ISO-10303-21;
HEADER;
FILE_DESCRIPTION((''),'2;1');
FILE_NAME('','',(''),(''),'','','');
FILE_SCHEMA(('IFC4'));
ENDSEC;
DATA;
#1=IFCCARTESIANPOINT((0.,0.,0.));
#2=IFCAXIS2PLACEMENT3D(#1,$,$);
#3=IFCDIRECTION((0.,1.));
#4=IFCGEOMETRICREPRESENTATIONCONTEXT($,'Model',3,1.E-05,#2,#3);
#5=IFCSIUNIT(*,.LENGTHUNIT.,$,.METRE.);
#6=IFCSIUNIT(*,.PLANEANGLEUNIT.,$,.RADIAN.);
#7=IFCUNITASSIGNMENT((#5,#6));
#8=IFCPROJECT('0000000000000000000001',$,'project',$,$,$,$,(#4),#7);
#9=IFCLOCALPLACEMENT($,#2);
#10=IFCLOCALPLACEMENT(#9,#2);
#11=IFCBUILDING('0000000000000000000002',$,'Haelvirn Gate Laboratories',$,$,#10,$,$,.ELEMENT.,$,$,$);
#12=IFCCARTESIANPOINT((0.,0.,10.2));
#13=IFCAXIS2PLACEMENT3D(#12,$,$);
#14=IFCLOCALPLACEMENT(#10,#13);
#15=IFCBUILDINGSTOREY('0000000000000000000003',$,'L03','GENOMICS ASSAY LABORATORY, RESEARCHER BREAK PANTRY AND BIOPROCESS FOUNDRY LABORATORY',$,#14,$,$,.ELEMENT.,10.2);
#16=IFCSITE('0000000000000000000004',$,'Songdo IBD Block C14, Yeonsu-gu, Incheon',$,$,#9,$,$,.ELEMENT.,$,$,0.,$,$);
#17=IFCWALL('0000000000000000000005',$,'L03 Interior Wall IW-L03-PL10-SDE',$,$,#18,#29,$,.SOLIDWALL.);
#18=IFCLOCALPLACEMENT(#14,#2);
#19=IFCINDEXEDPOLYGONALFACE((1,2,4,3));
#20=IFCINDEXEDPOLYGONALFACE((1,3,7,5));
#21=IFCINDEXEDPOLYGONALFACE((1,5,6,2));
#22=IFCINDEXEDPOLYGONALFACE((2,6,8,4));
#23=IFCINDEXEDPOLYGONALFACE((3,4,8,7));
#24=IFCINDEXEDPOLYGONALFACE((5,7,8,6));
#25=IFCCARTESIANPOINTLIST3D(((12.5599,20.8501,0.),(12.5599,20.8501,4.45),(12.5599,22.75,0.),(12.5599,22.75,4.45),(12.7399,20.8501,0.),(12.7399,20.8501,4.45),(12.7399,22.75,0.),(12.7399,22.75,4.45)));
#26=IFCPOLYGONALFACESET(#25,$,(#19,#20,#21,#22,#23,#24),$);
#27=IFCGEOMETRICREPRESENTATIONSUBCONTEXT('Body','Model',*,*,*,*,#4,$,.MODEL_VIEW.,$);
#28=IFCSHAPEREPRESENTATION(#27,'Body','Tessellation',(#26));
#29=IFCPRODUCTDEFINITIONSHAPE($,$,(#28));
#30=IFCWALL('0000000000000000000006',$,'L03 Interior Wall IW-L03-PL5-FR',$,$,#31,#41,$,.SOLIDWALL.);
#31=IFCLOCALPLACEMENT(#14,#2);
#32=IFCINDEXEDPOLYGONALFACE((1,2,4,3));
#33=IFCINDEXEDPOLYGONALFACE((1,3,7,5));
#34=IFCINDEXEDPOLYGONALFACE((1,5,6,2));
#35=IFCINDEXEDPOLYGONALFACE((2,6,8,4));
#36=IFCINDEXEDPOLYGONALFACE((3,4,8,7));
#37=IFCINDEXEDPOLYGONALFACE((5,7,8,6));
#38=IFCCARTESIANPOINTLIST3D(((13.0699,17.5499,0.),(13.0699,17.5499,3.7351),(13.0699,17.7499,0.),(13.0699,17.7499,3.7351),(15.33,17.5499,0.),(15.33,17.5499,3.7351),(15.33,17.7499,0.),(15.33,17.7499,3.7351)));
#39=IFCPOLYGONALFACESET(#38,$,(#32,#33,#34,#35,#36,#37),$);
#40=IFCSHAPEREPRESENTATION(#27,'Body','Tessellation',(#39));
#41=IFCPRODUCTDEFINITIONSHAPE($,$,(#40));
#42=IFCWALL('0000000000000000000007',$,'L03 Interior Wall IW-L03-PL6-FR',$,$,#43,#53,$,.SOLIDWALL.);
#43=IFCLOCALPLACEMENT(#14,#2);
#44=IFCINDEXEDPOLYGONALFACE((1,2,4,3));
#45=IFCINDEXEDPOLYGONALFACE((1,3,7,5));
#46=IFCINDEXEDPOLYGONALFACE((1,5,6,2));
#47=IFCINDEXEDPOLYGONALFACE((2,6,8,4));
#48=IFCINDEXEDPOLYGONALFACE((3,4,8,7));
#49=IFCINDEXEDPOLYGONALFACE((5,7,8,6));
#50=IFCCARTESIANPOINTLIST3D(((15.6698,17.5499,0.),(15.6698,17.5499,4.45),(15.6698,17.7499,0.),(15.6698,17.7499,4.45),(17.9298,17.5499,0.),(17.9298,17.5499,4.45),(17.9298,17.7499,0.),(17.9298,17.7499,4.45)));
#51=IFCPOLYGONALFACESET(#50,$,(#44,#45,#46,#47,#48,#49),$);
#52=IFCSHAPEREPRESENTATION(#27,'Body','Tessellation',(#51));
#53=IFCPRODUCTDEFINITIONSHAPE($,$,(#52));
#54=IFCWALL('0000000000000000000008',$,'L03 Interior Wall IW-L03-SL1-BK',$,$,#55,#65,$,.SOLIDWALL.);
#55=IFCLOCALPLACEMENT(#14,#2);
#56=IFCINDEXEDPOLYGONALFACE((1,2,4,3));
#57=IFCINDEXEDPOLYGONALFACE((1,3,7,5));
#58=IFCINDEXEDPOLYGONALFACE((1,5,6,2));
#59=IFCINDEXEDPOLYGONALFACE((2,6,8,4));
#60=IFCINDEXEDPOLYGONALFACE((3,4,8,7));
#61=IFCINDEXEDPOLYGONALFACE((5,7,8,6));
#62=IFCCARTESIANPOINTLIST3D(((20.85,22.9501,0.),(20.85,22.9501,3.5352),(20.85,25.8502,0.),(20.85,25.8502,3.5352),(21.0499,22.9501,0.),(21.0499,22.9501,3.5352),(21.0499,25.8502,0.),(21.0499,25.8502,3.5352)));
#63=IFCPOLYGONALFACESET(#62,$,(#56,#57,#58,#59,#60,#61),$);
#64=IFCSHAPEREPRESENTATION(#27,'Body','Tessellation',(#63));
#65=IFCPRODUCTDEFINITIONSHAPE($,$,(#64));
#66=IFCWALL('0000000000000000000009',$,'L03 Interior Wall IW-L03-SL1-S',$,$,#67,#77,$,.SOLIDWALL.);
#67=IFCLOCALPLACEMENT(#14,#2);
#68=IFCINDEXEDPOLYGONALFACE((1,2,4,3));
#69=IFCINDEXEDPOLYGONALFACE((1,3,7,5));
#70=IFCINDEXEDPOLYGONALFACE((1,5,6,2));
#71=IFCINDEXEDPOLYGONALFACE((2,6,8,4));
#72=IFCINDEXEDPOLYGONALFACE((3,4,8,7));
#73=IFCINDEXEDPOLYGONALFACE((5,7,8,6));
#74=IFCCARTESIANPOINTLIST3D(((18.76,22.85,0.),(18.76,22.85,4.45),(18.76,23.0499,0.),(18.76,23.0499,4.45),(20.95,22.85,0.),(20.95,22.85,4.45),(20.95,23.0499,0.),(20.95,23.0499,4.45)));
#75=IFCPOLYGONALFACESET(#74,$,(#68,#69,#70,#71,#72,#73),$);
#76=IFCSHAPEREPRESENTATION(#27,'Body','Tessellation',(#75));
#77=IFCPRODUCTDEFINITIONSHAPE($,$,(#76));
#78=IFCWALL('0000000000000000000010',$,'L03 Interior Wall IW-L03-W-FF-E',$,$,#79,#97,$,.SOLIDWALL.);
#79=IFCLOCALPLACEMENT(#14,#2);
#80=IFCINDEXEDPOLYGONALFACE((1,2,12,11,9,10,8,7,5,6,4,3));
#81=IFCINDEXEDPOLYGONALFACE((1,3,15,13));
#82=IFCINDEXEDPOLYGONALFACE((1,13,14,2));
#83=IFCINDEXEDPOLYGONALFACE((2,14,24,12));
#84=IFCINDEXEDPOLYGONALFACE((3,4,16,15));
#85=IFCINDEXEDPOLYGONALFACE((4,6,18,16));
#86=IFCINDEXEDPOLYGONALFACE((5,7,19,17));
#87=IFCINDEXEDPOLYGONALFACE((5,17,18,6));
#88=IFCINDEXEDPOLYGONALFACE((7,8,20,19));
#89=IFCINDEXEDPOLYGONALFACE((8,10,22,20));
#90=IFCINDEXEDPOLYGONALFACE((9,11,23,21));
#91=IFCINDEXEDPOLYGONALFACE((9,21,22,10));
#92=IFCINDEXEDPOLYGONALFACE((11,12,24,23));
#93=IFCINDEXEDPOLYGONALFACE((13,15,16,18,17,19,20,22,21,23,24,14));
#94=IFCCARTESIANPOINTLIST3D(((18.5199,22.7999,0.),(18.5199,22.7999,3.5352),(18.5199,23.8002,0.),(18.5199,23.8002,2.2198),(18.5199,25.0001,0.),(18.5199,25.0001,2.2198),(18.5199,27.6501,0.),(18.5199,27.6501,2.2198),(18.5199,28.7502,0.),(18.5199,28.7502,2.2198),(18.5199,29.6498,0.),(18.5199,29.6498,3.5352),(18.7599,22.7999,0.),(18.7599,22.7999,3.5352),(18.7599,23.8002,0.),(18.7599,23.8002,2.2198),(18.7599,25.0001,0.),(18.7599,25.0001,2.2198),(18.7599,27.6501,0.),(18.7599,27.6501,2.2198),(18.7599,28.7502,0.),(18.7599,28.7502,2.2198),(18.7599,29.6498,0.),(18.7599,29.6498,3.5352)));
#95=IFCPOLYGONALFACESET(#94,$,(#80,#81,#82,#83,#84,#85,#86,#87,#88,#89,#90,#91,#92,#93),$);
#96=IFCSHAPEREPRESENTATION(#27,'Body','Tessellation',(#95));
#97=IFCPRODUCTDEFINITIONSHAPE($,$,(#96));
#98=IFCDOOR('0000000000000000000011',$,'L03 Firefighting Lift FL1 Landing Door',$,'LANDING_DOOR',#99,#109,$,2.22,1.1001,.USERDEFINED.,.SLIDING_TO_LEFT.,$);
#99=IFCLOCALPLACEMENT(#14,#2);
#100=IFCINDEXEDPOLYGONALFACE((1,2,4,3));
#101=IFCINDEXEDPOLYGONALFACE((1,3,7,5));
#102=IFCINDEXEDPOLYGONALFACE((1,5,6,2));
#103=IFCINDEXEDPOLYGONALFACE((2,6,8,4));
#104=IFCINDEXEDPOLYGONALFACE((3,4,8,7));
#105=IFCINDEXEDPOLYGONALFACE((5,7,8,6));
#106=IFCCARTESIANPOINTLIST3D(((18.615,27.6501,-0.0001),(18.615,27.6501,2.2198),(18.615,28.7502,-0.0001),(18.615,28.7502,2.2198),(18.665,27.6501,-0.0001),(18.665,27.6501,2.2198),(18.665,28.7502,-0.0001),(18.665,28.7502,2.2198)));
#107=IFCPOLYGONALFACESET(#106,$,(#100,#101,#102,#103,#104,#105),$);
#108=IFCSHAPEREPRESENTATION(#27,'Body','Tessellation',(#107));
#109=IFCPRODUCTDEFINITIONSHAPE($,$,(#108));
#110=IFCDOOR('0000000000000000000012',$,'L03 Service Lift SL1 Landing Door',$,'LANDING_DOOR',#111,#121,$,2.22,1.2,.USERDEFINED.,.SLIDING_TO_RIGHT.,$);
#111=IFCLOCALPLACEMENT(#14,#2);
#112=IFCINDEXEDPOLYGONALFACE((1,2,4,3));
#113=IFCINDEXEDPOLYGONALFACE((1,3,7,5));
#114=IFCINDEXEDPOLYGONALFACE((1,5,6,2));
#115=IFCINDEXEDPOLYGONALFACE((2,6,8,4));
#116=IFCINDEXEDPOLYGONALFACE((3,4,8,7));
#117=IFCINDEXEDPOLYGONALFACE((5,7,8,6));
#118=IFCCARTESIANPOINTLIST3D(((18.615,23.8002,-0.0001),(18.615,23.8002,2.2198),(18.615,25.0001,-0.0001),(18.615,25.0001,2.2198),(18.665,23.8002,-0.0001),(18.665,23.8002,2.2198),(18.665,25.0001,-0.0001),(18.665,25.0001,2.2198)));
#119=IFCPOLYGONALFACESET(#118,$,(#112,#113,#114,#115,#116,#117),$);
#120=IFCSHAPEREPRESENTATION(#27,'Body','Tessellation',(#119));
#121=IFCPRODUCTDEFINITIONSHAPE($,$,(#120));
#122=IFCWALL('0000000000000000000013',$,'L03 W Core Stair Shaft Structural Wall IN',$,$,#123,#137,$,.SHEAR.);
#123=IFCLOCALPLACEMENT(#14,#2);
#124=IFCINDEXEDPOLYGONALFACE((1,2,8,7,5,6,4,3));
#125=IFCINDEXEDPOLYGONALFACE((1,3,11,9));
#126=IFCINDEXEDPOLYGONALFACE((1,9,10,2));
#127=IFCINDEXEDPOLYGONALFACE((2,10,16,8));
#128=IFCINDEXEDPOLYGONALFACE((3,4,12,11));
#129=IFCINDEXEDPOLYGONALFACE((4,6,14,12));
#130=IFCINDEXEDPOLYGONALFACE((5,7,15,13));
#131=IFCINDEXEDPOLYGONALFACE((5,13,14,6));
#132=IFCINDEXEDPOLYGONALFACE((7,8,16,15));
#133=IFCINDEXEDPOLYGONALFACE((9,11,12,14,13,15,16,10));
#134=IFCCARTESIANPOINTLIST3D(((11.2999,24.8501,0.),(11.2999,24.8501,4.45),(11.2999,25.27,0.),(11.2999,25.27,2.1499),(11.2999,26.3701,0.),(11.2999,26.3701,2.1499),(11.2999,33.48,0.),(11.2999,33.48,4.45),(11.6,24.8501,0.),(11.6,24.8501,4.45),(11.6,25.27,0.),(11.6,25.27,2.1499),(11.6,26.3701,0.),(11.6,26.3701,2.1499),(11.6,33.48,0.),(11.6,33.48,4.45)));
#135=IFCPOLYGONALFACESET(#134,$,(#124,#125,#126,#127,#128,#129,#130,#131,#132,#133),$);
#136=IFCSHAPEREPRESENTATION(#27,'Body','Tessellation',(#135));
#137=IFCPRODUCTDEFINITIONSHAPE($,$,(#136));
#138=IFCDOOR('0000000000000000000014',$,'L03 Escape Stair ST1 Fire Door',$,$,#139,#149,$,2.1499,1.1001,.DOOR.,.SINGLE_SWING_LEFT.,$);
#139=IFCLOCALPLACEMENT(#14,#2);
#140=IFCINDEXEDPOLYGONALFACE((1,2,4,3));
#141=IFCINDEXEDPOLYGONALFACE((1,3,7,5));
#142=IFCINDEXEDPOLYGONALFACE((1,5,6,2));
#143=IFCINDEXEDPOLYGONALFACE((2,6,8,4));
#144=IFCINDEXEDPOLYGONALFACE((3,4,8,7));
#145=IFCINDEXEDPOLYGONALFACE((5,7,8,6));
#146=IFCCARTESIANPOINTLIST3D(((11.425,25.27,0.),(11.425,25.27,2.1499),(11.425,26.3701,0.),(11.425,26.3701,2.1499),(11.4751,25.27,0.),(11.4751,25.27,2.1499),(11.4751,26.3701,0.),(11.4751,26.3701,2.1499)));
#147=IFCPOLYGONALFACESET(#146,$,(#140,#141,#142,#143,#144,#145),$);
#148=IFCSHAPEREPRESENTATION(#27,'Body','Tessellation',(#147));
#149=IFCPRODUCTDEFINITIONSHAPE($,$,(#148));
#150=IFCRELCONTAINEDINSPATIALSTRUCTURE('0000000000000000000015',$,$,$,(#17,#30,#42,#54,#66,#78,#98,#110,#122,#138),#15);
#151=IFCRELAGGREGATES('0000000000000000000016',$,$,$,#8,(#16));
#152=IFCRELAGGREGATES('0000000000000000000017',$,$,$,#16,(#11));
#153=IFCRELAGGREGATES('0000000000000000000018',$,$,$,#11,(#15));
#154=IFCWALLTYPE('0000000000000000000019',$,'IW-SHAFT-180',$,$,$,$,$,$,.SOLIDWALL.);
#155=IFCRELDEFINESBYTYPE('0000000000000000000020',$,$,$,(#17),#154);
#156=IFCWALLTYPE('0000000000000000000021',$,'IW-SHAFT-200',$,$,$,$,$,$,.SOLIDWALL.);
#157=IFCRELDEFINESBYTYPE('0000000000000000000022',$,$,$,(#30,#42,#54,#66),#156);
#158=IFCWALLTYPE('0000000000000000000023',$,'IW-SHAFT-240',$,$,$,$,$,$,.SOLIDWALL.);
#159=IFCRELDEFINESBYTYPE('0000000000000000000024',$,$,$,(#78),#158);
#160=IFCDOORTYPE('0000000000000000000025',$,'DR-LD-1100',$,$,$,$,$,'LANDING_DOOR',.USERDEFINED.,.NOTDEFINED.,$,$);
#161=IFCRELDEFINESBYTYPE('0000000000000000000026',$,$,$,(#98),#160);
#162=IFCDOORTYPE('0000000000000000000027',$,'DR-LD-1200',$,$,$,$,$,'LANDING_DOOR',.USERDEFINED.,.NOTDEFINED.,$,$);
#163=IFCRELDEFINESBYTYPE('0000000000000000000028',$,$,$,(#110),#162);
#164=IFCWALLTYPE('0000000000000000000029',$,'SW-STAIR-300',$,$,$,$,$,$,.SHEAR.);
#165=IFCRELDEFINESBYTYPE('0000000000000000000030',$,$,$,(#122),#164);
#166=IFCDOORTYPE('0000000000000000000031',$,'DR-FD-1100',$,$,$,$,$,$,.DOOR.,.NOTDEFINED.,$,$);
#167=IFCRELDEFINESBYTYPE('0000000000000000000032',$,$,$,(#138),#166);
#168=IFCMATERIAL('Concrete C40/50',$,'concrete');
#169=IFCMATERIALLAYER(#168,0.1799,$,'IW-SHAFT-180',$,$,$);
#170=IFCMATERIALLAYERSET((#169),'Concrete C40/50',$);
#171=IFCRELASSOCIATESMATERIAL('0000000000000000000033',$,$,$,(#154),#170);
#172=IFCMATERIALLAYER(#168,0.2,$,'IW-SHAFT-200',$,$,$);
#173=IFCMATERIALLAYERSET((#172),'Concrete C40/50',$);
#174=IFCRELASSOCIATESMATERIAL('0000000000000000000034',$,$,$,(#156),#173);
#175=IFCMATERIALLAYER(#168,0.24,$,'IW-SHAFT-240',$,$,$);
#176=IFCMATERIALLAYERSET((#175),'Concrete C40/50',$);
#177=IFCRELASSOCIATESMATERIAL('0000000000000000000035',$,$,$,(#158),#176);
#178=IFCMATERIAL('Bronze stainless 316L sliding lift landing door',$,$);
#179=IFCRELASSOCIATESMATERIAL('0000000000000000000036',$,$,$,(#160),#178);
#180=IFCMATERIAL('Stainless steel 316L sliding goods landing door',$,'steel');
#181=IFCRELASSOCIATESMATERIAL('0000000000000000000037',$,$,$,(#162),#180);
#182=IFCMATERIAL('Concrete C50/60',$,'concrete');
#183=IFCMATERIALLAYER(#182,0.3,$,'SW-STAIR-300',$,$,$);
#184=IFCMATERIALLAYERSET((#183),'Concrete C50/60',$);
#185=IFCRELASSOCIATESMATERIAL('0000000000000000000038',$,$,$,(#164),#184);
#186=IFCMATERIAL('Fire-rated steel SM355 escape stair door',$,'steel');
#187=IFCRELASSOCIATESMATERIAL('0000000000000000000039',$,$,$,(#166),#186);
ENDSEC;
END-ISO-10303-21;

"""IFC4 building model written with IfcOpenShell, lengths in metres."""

from ifc_helpers import new_model, si_unit, direction, frame, frame_2d, origin, place, context, subcontext, project, spatial, rectangle, extrude, source, transform, mapped, material, layer, layer_set, type_object, type_shapes, element, fill, save


model = new_model("IFC4")

# Units and contexts
model_context = context("Model", 3, precision=1e-05, world=origin(), true_north=direction((0.0, 1.0)))
body_context = subcontext(model_context, "Body", "Model", "MODEL_VIEW")
ifc_project = project(units=[si_unit("LENGTHUNIT", "METRE"), si_unit("PLANEANGLEUNIT", "RADIAN")], contexts=[model_context])

# Site, building, storey
site_placement = place(None, origin())
site = spatial("IfcSite", under=ifc_project, at=site_placement, Name="Songdo IBD Block C14, Yeonsu-gu, Incheon", CompositionType="ELEMENT", RefElevation=0.0)
building_placement = place(site_placement, origin())
building = spatial("IfcBuilding", under=site, at=building_placement, Name="Haelvirn Gate Laboratories", CompositionType="ELEMENT")
storey_placement = place(building_placement, frame((0.0, 0.0, 10.2)))
storey = spatial("IfcBuildingStorey", under=building, at=storey_placement, Name="L03", Description="GENOMICS ASSAY LABORATORY, RESEARCHER BREAK PANTRY AND BIOPROCESS FOUNDRY LABORATORY", CompositionType="ELEMENT", Elevation=10.2)

# Walls
ifc_material_1 = material(Name="Concrete C40/50", Category="concrete")
ifc_layer_1 = layer(ifc_material_1, 0.1799, Name="IW-SHAFT-180")
ifc_layer_set_1 = layer_set([ifc_layer_1], Name="Concrete C40/50")
wall_type_1 = type_object("IfcWallType", Name="IW-SHAFT-180", PredefinedType="SOLIDWALL", material=ifc_layer_set_1)
for number, where, z_axis, x_axis, name in (
    (1, (12.6499, 20.8501, 0.0), (0.0, 0.0, 1.0), (0.0, 1.0, 0.0), "L03 Interior Wall IW-L03-PL10-SDE"),
):
    element("IfcWall", number, at=place(storey_placement, frame(where, z_axis=z_axis, x_axis=x_axis)), inside=storey, type_object=wall_type_1, Name=name, PredefinedType="SOLIDWALL", context=body_context, shape_type="SweptSolid", body=[
        extrude(rectangle(XDim=1.8999, YDim=0.1799, at=frame_2d((0.95, 0.0))), origin(), (0.0, 0.0, 1.0), 4.45),
    ])
ifc_layer_2 = layer(ifc_material_1, 0.2, Name="IW-SHAFT-200")
ifc_layer_set_2 = layer_set([ifc_layer_2], Name="Concrete C40/50")
wall_type_2 = type_object("IfcWallType", Name="IW-SHAFT-200", PredefinedType="SOLIDWALL", material=ifc_layer_set_2)
wall_1_placement = place(storey_placement, frame((13.0701, 17.6499, 0.0), z_axis=(0.0, 0.0, 1.0), x_axis=(1.0, 0.0, 0.0)))
element("IfcWall", 2, at=wall_1_placement, inside=storey, type_object=wall_type_2, Name="L03 Interior Wall IW-L03-PL5-FR", PredefinedType="SOLIDWALL", context=body_context, shape_type="SweptSolid", body=[
    extrude(rectangle(XDim=2.26, YDim=0.2, at=frame_2d((1.1299, 0.0))), origin(), (0.0, 0.0, 1.0), 3.7351),
])
wall_2_placement = place(storey_placement, frame((15.6699, 17.6499, 0.0), z_axis=(0.0, 0.0, 1.0), x_axis=(1.0, 0.0, 0.0)))
element("IfcWall", 3, at=wall_2_placement, inside=storey, type_object=wall_type_2, Name="L03 Interior Wall IW-L03-PL6-FR", PredefinedType="SOLIDWALL", context=body_context, shape_type="SweptSolid", body=[
    extrude(rectangle(XDim=2.26, YDim=0.2, at=frame_2d((1.1299, 0.0))), origin(), (0.0, 0.0, 1.0), 4.45),
])
wall_3_placement = place(storey_placement, frame((20.95, 22.95, 0.0), z_axis=(0.0, 0.0, 1.0), x_axis=(0.0, 1.0, 0.0)))
element("IfcWall", 4, at=wall_3_placement, inside=storey, type_object=wall_type_2, Name="L03 Interior Wall IW-L03-SL1-BK", PredefinedType="SOLIDWALL", context=body_context, shape_type="SweptSolid", body=[
    extrude(rectangle(XDim=2.9001, YDim=0.2, at=frame_2d((1.4502, 0.0))), origin(), (0.0, 0.0, 1.0), 3.5352),
])
wall_4_placement = place(storey_placement, frame((18.76, 22.95, 0.0), z_axis=(0.0, 0.0, 1.0), x_axis=(1.0, 0.0, 0.0)))
element("IfcWall", 5, at=wall_4_placement, inside=storey, type_object=wall_type_2, Name="L03 Interior Wall IW-L03-SL1-S", PredefinedType="SOLIDWALL", context=body_context, shape_type="SweptSolid", body=[
    extrude(rectangle(XDim=2.1899, YDim=0.2, at=frame_2d((1.095, 0.0))), origin(), (0.0, 0.0, 1.0), 4.45),
])

# Wall, openings, doors
ifc_layer_3 = layer(ifc_material_1, 0.24, Name="IW-SHAFT-240")
ifc_layer_set_3 = layer_set([ifc_layer_3], Name="Concrete C40/50")
wall_type_3 = type_object("IfcWallType", Name="IW-SHAFT-240", PredefinedType="SOLIDWALL", material=ifc_layer_set_3)
wall_5_placement = place(storey_placement, frame((18.6399, 22.8, 0.0), z_axis=(0.0, 0.0, 1.0), x_axis=(0.0, 1.0, 0.0)))
wall_5 = element("IfcWall", 6, at=wall_5_placement, inside=storey, type_object=wall_type_3, Name="L03 Interior Wall IW-L03-W-FF-E", PredefinedType="SOLIDWALL", context=body_context, shape_type="SweptSolid", body=[
    extrude(rectangle(XDim=6.8499, YDim=0.24, at=frame_2d((3.4248, 0.0))), origin(), (0.0, 0.0, 1.0), 3.5352),
])
opening_1_placement = place(wall_5_placement, frame((4.8501, 0.0, 0.0)))
opening_1 = element("IfcOpeningElement", 7, at=opening_1_placement, cuts=wall_5, PredefinedType="OPENING", context=body_context, shape_type="SweptSolid", body=[
    extrude(rectangle(XDim=1.1001, YDim=2.22, at=frame_2d((0.55, 1.1099))), frame((0.0, 0.1299, 0.0), z_axis=(0.0, -1.0, 0.0), x_axis=(1.0, 0.0, 0.0)), (0.0, 0.0, 1.0), 0.26),
])
opening_2_placement = place(wall_5_placement, frame((1.0, 0.0, 0.0)))
opening_2 = element("IfcOpeningElement", 8, at=opening_2_placement, cuts=wall_5, PredefinedType="OPENING", context=body_context, shape_type="SweptSolid", body=[
    extrude(rectangle(XDim=1.2, YDim=2.22, at=frame_2d((0.6001, 1.1099))), frame((0.0, 0.1299, 0.0), z_axis=(0.0, -1.0, 0.0), x_axis=(1.0, 0.0, 0.0)), (0.0, 0.0, 1.0), 0.26),
])
ifc_material_2 = material(Name="Bronze stainless 316L sliding lift landing door")
door_type_1 = type_object("IfcDoorType", Name="DR-LD-1100", ElementType="LANDING_DOOR", OperationType="NOTDEFINED", PredefinedType="USERDEFINED", material=ifc_material_2)
shared_shape_1 = source(origin(), body_context, "Body", "SweptSolid", [
    extrude(rectangle(XDim=1.1001, YDim=2.22, at=frame_2d((0.55, 1.1099))), frame((0.0, 0.0249, 0.0), z_axis=(0.0, -1.0, 0.0), x_axis=(1.0, 0.0, 0.0)), (0.0, 0.0, 1.0), 0.05),
])
type_shapes(door_type_1, [shared_shape_1])
door_1_placement = place(opening_1_placement, origin())
door_1 = element("IfcDoor", 9, at=door_1_placement, inside=storey, type_object=door_type_1, Name="L03 Firefighting Lift FL1 Landing Door", ObjectType="LANDING_DOOR", OperationType="SLIDING_TO_LEFT", OverallHeight=2.22, OverallWidth=1.1001, PredefinedType="USERDEFINED", context=body_context, shape_type="MappedRepresentation", body=[
    mapped(shared_shape_1, transform((0.0, 0.0, 0.0), scale=1.0)),
])
fill(opening_1, door_1)
ifc_material_3 = material(Name="Stainless steel 316L sliding goods landing door", Category="steel")
door_type_2 = type_object("IfcDoorType", Name="DR-LD-1200", ElementType="LANDING_DOOR", OperationType="NOTDEFINED", PredefinedType="USERDEFINED", material=ifc_material_3)
shared_shape_2 = source(origin(), body_context, "Body", "SweptSolid", [
    extrude(rectangle(XDim=1.2, YDim=2.22, at=frame_2d((0.6001, 1.1099))), frame((0.0, 0.0249, 0.0), z_axis=(0.0, -1.0, 0.0), x_axis=(1.0, 0.0, 0.0)), (0.0, 0.0, 1.0), 0.05),
])
type_shapes(door_type_2, [shared_shape_2])
door_2_placement = place(opening_2_placement, origin())
door_2 = element("IfcDoor", 10, at=door_2_placement, inside=storey, type_object=door_type_2, Name="L03 Service Lift SL1 Landing Door", ObjectType="LANDING_DOOR", OperationType="SLIDING_TO_RIGHT", OverallHeight=2.22, OverallWidth=1.2, PredefinedType="USERDEFINED", context=body_context, shape_type="MappedRepresentation", body=[
    mapped(shared_shape_2, transform((0.0, 0.0, 0.0), scale=1.0)),
])
fill(opening_2, door_2)

# Wall, opening, door
ifc_material_4 = material(Name="Concrete C50/60", Category="concrete")
ifc_layer_4 = layer(ifc_material_4, 0.3, Name="SW-STAIR-300")
ifc_layer_set_4 = layer_set([ifc_layer_4], Name="Concrete C50/60")
wall_type_4 = type_object("IfcWallType", Name="SW-STAIR-300", PredefinedType="SHEAR", material=ifc_layer_set_4)
wall_6_placement = place(storey_placement, frame((11.45, 24.8501, 0.0), z_axis=(0.0, 0.0, 1.0), x_axis=(0.0, 1.0, 0.0)))
wall_6 = element("IfcWall", 11, at=wall_6_placement, inside=storey, type_object=wall_type_4, Name="L03 W Core Stair Shaft Structural Wall IN", PredefinedType="SHEAR", context=body_context, shape_type="SweptSolid", body=[
    extrude(rectangle(XDim=8.6299, YDim=0.3, at=frame_2d((4.3149, 0.0))), origin(), (0.0, 0.0, 1.0), 4.45),
])
opening_3_placement = place(wall_6_placement, frame((0.4199, 0.0, 0.0)))
opening_3 = element("IfcOpeningElement", 12, at=opening_3_placement, cuts=wall_6, PredefinedType="OPENING", context=body_context, shape_type="SweptSolid", body=[
    extrude(rectangle(XDim=1.1001, YDim=2.1499, at=frame_2d((0.55, 1.075))), frame((0.0, 0.1602, 0.0), z_axis=(0.0, -1.0, 0.0), x_axis=(1.0, 0.0, 0.0)), (0.0, 0.0, 1.0), 0.3201),
])
ifc_material_5 = material(Name="Fire-rated steel SM355 escape stair door", Category="steel")
door_type_3 = type_object("IfcDoorType", Name="DR-FD-1100", OperationType="NOTDEFINED", PredefinedType="DOOR", material=ifc_material_5)
shared_shape_3 = source(origin(), body_context, "Body", "SweptSolid", [
    extrude(rectangle(XDim=1.1001, YDim=2.1499, at=frame_2d((0.55, 1.075))), frame((0.0, 0.0249, 0.0), z_axis=(0.0, -1.0, 0.0), x_axis=(1.0, 0.0, 0.0)), (0.0, 0.0, 1.0), 0.05),
])
type_shapes(door_type_3, [shared_shape_3])
door_3_placement = place(opening_3_placement, origin())
door_3 = element("IfcDoor", 13, at=door_3_placement, inside=storey, type_object=door_type_3, Name="L03 Escape Stair ST1 Fire Door", OperationType="SINGLE_SWING_LEFT", OverallHeight=2.1499, OverallWidth=1.1001, PredefinedType="DOOR", context=body_context, shape_type="MappedRepresentation", body=[
    mapped(shared_shape_3, transform((0.0, 0.0, 0.0), scale=1.0)),
])
fill(opening_3, door_3)

save(model, "model.ifc")
